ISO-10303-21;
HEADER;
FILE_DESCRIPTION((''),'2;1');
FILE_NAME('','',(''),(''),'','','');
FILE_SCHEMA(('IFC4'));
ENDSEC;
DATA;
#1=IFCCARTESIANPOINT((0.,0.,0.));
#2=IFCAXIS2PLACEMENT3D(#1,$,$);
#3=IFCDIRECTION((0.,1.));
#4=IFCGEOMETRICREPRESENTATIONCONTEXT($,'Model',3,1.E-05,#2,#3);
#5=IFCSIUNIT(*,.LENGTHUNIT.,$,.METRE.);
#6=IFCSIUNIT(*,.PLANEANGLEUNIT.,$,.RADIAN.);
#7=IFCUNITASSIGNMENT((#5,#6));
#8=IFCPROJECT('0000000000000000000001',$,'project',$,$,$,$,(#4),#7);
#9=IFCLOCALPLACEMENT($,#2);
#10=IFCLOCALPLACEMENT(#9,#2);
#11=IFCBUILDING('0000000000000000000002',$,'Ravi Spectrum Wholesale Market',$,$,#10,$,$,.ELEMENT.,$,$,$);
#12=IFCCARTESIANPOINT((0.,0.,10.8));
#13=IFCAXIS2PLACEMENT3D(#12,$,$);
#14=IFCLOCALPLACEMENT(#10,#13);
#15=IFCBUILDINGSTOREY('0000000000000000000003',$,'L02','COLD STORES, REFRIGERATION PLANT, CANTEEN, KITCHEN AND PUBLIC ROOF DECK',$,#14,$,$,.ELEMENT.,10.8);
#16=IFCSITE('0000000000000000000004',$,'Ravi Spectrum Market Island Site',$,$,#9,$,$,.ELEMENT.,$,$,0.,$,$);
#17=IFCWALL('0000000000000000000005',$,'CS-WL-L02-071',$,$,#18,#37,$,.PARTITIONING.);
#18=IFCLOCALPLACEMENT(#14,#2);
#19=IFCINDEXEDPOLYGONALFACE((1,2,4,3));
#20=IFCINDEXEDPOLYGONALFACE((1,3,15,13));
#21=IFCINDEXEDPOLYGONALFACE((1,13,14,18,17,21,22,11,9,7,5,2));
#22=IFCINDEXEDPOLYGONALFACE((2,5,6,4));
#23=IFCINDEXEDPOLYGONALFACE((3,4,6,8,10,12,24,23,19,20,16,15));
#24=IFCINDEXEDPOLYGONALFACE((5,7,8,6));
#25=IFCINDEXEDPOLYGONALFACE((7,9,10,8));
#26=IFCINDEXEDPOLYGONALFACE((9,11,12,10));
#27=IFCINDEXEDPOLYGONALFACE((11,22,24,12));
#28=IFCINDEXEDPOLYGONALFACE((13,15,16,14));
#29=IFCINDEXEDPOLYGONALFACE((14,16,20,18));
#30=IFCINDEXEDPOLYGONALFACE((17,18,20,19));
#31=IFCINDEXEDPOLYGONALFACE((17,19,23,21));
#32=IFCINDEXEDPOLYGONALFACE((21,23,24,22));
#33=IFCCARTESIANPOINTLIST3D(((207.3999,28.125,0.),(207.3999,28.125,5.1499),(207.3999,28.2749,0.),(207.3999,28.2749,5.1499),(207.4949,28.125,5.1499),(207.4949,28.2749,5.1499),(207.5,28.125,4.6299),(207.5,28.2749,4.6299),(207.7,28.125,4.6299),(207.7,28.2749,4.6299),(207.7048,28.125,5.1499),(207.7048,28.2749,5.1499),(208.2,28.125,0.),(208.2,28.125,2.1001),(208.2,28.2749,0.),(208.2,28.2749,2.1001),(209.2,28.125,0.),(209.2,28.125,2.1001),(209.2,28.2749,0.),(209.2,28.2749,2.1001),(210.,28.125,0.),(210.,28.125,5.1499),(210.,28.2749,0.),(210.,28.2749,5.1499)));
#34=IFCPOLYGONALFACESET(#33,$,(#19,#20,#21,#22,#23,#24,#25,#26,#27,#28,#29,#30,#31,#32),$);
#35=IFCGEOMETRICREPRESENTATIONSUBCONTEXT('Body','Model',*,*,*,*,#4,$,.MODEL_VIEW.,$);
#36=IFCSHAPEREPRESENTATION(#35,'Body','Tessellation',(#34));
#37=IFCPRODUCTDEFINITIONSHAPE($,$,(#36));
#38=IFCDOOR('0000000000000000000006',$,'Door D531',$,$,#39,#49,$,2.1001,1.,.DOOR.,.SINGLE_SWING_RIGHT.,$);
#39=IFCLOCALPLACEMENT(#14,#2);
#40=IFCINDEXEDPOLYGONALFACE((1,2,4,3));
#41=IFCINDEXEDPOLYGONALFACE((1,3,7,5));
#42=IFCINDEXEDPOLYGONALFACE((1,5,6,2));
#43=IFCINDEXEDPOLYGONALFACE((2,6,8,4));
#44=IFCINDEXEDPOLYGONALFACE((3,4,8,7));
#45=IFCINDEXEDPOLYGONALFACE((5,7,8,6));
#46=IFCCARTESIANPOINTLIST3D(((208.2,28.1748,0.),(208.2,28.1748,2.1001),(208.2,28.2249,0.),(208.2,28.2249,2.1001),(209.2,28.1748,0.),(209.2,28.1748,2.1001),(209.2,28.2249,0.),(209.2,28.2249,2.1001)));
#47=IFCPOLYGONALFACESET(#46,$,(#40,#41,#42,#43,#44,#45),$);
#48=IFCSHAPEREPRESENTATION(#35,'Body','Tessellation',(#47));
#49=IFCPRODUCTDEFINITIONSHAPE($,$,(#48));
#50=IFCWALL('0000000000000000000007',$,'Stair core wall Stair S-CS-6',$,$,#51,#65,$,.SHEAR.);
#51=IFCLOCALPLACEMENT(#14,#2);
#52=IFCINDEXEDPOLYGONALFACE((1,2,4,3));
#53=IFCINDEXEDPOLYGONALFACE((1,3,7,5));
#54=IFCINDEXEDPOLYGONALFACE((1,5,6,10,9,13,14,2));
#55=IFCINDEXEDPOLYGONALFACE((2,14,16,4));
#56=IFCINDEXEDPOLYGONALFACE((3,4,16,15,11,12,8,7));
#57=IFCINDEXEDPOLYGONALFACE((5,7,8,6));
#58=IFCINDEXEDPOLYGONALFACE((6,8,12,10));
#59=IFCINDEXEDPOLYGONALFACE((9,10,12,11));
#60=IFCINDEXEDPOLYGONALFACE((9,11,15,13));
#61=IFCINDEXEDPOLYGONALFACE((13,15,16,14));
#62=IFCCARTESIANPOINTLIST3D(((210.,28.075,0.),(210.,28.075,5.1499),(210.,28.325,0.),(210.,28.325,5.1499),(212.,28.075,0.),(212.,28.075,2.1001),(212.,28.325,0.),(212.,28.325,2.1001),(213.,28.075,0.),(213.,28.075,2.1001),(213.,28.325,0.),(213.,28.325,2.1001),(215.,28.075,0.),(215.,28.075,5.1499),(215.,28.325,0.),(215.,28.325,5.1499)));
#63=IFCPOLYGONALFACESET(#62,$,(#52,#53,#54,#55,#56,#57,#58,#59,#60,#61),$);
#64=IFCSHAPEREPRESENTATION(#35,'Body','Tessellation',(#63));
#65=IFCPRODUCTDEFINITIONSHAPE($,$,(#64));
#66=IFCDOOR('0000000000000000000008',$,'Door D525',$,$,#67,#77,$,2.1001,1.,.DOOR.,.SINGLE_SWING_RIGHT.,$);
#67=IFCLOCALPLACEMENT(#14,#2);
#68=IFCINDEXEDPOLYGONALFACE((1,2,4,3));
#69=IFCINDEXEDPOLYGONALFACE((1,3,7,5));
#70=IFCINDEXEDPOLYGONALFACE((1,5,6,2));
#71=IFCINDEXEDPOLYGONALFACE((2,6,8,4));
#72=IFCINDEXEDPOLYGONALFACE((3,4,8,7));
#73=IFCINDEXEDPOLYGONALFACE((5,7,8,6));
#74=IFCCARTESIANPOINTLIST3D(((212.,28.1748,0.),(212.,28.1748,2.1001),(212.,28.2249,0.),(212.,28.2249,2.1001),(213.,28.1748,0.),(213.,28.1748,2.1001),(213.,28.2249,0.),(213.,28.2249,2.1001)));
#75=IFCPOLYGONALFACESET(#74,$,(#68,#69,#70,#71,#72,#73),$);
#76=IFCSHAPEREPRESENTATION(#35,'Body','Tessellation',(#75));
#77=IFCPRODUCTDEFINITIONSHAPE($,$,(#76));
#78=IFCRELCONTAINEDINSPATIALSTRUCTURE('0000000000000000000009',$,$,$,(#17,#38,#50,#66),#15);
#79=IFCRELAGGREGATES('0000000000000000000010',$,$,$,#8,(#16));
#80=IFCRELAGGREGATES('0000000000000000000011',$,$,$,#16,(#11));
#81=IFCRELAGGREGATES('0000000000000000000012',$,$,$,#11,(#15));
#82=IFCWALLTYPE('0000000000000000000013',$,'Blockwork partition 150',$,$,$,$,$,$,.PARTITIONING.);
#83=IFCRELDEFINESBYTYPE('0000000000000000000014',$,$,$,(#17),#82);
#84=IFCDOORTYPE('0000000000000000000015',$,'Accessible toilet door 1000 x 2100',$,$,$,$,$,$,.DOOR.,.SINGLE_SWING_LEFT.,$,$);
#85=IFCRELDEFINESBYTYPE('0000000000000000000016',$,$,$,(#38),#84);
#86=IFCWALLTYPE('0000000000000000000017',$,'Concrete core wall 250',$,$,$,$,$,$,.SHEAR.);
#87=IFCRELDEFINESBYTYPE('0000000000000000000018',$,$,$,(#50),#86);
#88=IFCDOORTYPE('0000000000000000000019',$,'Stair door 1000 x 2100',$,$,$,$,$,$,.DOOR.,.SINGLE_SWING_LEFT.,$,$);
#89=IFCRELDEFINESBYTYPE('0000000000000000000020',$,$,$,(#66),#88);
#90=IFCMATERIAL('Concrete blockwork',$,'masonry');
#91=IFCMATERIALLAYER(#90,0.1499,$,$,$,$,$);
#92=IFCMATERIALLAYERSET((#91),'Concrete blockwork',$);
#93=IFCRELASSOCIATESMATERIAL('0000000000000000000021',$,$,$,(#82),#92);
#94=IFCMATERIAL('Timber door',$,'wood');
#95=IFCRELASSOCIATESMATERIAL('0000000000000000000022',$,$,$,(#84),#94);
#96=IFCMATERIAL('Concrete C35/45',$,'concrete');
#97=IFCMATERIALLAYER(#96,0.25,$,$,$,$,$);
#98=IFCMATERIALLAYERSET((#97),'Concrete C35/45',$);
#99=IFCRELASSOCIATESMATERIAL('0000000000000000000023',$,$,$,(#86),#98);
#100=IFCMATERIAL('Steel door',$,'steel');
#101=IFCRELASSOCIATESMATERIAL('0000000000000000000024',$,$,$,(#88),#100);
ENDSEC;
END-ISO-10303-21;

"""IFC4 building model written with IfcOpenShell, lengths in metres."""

from ifc_helpers import new_model, si_unit, direction, frame, frame_2d, origin, place, context, subcontext, project, spatial, polyline, rectangle, outline, extrude, material, layer, layer_set, type_object, element, fill, save


model = new_model("IFC4")

# Units and contexts
model_context = context("Model", 3, precision=1e-05, world=origin(), true_north=direction((0.0, 1.0)))
body_context = subcontext(model_context, "Body", "Model", "MODEL_VIEW")
ifc_project = project(units=[si_unit("LENGTHUNIT", "METRE"), si_unit("PLANEANGLEUNIT", "RADIAN")], contexts=[model_context])

# Site, building, storey
site_placement = place(None, origin())
site = spatial("IfcSite", under=ifc_project, at=site_placement, Name="Ravi Spectrum Market Island Site", CompositionType="ELEMENT", RefElevation=0.0)
building_placement = place(site_placement, origin())
building = spatial("IfcBuilding", under=site, at=building_placement, Name="Ravi Spectrum Wholesale Market", CompositionType="ELEMENT")
storey_placement = place(building_placement, frame((0.0, 0.0, 10.8)))
storey = spatial("IfcBuildingStorey", under=building, at=storey_placement, Name="L02", Description="COLD STORES, REFRIGERATION PLANT, CANTEEN, KITCHEN AND PUBLIC ROOF DECK", CompositionType="ELEMENT", Elevation=10.8)

# Walls, openings, doors
ifc_material_1 = material(Name="Concrete blockwork", Category="masonry")
ifc_layer_1 = layer(ifc_material_1, 0.1499)
ifc_layer_set_1 = layer_set([ifc_layer_1], Name="Concrete blockwork")
wall_type_1 = type_object("IfcWallType", Name="Blockwork partition 150", PredefinedType="PARTITIONING", material=ifc_layer_set_1)
wall_1_placement = place(storey_placement, frame((207.3999, 28.2, 0.0), z_axis=(0.0, 0.0, 1.0), x_axis=(1.0, 0.0, 0.0)))
wall_1 = element("IfcWall", 1, at=wall_1_placement, inside=storey, type_object=wall_type_1, Name="CS-WL-L02-071", PredefinedType="PARTITIONING", context=body_context, shape_type="SweptSolid", body=[
    extrude(outline(polyline([(0.0, 0.0), (2.6001, 0.0), (2.6001, 5.1499), (0.3049, 5.1499), (0.3, 4.6299), (0.1001, 4.6299), (0.095, 5.1499), (0.0, 5.1499), (0.0, 0.0)])), frame((0.0, 0.075, 0.0), z_axis=(0.0, -1.0, 0.0), x_axis=(1.0, 0.0, 0.0)), (0.0, 0.0, 1.0), 0.1499),
])
opening_1_placement = place(wall_1_placement, frame((0.8, 0.0, 0.0)))
opening_1 = element("IfcOpeningElement", 2, at=opening_1_placement, cuts=wall_1, PredefinedType="OPENING", context=body_context, shape_type="SweptSolid", body=[
    extrude(rectangle(XDim=1.0, YDim=2.1001, at=frame_2d((0.5, 1.05))), frame((0.0, 0.085, 0.0), z_axis=(0.0, -1.0, 0.0), x_axis=(1.0, 0.0, 0.0)), (0.0, 0.0, 1.0), 0.1699),
])
ifc_material_2 = material(Name="Timber door", Category="wood")
door_type_1 = type_object("IfcDoorType", Name="Accessible toilet door 1000 x 2100", OperationType="SINGLE_SWING_LEFT", PredefinedType="DOOR", material=ifc_material_2)
door_1_placement = place(opening_1_placement, origin())
door_1 = element("IfcDoor", 3, at=door_1_placement, inside=storey, type_object=door_type_1, Name="Door D531", OperationType="SINGLE_SWING_RIGHT", OverallHeight=2.1001, OverallWidth=1.0, PredefinedType="DOOR", context=body_context, shape_type="SweptSolid", body=[
    extrude(rectangle(XDim=1.0, YDim=2.1001, at=frame_2d((0.5, 1.05))), frame((0.0, 0.0249, 0.0), z_axis=(0.0, -1.0, 0.0), x_axis=(1.0, 0.0, 0.0)), (0.0, 0.0, 1.0), 0.05),
])
fill(opening_1, door_1)
ifc_material_3 = material(Name="Concrete C35/45", Category="concrete")
ifc_layer_2 = layer(ifc_material_3, 0.25)
ifc_layer_set_2 = layer_set([ifc_layer_2], Name="Concrete C35/45")
wall_type_2 = type_object("IfcWallType", Name="Concrete core wall 250", PredefinedType="SHEAR", material=ifc_layer_set_2)
wall_2_placement = place(storey_placement, frame((210.0, 28.2, 0.0), z_axis=(0.0, 0.0, 1.0), x_axis=(1.0, 0.0, 0.0)))
wall_2 = element("IfcWall", 4, at=wall_2_placement, inside=storey, type_object=wall_type_2, Name="Stair core wall Stair S-CS-6", PredefinedType="SHEAR", context=body_context, shape_type="SweptSolid", body=[
    extrude(rectangle(XDim=5.0, YDim=0.25, at=frame_2d((2.5, 0.0))), origin(), (0.0, 0.0, 1.0), 5.1499),
])
opening_2_placement = place(wall_2_placement, frame((2.0, 0.0, 0.0)))
opening_2 = element("IfcOpeningElement", 5, at=opening_2_placement, cuts=wall_2, PredefinedType="OPENING", context=body_context, shape_type="SweptSolid", body=[
    extrude(rectangle(XDim=1.0, YDim=2.1001, at=frame_2d((0.5, 1.05))), frame((0.0, 0.135, 0.0), z_axis=(0.0, -1.0, 0.0), x_axis=(1.0, 0.0, 0.0)), (0.0, 0.0, 1.0), 0.27),
])
ifc_material_4 = material(Name="Steel door", Category="steel")
door_type_2 = type_object("IfcDoorType", Name="Stair door 1000 x 2100", OperationType="SINGLE_SWING_LEFT", PredefinedType="DOOR", material=ifc_material_4)
door_2_placement = place(opening_2_placement, origin())
door_2 = element("IfcDoor", 6, at=door_2_placement, inside=storey, type_object=door_type_2, Name="Door D525", OperationType="SINGLE_SWING_RIGHT", OverallHeight=2.1001, OverallWidth=1.0, PredefinedType="DOOR", context=body_context, shape_type="SweptSolid", body=[
    extrude(rectangle(XDim=1.0, YDim=2.1001, at=frame_2d((0.5, 1.05))), frame((0.0, 0.0249, 0.0), z_axis=(0.0, -1.0, 0.0), x_axis=(1.0, 0.0, 0.0)), (0.0, 0.0, 1.0), 0.05),
])
fill(opening_2, door_2)

save(model, "model.ifc")
